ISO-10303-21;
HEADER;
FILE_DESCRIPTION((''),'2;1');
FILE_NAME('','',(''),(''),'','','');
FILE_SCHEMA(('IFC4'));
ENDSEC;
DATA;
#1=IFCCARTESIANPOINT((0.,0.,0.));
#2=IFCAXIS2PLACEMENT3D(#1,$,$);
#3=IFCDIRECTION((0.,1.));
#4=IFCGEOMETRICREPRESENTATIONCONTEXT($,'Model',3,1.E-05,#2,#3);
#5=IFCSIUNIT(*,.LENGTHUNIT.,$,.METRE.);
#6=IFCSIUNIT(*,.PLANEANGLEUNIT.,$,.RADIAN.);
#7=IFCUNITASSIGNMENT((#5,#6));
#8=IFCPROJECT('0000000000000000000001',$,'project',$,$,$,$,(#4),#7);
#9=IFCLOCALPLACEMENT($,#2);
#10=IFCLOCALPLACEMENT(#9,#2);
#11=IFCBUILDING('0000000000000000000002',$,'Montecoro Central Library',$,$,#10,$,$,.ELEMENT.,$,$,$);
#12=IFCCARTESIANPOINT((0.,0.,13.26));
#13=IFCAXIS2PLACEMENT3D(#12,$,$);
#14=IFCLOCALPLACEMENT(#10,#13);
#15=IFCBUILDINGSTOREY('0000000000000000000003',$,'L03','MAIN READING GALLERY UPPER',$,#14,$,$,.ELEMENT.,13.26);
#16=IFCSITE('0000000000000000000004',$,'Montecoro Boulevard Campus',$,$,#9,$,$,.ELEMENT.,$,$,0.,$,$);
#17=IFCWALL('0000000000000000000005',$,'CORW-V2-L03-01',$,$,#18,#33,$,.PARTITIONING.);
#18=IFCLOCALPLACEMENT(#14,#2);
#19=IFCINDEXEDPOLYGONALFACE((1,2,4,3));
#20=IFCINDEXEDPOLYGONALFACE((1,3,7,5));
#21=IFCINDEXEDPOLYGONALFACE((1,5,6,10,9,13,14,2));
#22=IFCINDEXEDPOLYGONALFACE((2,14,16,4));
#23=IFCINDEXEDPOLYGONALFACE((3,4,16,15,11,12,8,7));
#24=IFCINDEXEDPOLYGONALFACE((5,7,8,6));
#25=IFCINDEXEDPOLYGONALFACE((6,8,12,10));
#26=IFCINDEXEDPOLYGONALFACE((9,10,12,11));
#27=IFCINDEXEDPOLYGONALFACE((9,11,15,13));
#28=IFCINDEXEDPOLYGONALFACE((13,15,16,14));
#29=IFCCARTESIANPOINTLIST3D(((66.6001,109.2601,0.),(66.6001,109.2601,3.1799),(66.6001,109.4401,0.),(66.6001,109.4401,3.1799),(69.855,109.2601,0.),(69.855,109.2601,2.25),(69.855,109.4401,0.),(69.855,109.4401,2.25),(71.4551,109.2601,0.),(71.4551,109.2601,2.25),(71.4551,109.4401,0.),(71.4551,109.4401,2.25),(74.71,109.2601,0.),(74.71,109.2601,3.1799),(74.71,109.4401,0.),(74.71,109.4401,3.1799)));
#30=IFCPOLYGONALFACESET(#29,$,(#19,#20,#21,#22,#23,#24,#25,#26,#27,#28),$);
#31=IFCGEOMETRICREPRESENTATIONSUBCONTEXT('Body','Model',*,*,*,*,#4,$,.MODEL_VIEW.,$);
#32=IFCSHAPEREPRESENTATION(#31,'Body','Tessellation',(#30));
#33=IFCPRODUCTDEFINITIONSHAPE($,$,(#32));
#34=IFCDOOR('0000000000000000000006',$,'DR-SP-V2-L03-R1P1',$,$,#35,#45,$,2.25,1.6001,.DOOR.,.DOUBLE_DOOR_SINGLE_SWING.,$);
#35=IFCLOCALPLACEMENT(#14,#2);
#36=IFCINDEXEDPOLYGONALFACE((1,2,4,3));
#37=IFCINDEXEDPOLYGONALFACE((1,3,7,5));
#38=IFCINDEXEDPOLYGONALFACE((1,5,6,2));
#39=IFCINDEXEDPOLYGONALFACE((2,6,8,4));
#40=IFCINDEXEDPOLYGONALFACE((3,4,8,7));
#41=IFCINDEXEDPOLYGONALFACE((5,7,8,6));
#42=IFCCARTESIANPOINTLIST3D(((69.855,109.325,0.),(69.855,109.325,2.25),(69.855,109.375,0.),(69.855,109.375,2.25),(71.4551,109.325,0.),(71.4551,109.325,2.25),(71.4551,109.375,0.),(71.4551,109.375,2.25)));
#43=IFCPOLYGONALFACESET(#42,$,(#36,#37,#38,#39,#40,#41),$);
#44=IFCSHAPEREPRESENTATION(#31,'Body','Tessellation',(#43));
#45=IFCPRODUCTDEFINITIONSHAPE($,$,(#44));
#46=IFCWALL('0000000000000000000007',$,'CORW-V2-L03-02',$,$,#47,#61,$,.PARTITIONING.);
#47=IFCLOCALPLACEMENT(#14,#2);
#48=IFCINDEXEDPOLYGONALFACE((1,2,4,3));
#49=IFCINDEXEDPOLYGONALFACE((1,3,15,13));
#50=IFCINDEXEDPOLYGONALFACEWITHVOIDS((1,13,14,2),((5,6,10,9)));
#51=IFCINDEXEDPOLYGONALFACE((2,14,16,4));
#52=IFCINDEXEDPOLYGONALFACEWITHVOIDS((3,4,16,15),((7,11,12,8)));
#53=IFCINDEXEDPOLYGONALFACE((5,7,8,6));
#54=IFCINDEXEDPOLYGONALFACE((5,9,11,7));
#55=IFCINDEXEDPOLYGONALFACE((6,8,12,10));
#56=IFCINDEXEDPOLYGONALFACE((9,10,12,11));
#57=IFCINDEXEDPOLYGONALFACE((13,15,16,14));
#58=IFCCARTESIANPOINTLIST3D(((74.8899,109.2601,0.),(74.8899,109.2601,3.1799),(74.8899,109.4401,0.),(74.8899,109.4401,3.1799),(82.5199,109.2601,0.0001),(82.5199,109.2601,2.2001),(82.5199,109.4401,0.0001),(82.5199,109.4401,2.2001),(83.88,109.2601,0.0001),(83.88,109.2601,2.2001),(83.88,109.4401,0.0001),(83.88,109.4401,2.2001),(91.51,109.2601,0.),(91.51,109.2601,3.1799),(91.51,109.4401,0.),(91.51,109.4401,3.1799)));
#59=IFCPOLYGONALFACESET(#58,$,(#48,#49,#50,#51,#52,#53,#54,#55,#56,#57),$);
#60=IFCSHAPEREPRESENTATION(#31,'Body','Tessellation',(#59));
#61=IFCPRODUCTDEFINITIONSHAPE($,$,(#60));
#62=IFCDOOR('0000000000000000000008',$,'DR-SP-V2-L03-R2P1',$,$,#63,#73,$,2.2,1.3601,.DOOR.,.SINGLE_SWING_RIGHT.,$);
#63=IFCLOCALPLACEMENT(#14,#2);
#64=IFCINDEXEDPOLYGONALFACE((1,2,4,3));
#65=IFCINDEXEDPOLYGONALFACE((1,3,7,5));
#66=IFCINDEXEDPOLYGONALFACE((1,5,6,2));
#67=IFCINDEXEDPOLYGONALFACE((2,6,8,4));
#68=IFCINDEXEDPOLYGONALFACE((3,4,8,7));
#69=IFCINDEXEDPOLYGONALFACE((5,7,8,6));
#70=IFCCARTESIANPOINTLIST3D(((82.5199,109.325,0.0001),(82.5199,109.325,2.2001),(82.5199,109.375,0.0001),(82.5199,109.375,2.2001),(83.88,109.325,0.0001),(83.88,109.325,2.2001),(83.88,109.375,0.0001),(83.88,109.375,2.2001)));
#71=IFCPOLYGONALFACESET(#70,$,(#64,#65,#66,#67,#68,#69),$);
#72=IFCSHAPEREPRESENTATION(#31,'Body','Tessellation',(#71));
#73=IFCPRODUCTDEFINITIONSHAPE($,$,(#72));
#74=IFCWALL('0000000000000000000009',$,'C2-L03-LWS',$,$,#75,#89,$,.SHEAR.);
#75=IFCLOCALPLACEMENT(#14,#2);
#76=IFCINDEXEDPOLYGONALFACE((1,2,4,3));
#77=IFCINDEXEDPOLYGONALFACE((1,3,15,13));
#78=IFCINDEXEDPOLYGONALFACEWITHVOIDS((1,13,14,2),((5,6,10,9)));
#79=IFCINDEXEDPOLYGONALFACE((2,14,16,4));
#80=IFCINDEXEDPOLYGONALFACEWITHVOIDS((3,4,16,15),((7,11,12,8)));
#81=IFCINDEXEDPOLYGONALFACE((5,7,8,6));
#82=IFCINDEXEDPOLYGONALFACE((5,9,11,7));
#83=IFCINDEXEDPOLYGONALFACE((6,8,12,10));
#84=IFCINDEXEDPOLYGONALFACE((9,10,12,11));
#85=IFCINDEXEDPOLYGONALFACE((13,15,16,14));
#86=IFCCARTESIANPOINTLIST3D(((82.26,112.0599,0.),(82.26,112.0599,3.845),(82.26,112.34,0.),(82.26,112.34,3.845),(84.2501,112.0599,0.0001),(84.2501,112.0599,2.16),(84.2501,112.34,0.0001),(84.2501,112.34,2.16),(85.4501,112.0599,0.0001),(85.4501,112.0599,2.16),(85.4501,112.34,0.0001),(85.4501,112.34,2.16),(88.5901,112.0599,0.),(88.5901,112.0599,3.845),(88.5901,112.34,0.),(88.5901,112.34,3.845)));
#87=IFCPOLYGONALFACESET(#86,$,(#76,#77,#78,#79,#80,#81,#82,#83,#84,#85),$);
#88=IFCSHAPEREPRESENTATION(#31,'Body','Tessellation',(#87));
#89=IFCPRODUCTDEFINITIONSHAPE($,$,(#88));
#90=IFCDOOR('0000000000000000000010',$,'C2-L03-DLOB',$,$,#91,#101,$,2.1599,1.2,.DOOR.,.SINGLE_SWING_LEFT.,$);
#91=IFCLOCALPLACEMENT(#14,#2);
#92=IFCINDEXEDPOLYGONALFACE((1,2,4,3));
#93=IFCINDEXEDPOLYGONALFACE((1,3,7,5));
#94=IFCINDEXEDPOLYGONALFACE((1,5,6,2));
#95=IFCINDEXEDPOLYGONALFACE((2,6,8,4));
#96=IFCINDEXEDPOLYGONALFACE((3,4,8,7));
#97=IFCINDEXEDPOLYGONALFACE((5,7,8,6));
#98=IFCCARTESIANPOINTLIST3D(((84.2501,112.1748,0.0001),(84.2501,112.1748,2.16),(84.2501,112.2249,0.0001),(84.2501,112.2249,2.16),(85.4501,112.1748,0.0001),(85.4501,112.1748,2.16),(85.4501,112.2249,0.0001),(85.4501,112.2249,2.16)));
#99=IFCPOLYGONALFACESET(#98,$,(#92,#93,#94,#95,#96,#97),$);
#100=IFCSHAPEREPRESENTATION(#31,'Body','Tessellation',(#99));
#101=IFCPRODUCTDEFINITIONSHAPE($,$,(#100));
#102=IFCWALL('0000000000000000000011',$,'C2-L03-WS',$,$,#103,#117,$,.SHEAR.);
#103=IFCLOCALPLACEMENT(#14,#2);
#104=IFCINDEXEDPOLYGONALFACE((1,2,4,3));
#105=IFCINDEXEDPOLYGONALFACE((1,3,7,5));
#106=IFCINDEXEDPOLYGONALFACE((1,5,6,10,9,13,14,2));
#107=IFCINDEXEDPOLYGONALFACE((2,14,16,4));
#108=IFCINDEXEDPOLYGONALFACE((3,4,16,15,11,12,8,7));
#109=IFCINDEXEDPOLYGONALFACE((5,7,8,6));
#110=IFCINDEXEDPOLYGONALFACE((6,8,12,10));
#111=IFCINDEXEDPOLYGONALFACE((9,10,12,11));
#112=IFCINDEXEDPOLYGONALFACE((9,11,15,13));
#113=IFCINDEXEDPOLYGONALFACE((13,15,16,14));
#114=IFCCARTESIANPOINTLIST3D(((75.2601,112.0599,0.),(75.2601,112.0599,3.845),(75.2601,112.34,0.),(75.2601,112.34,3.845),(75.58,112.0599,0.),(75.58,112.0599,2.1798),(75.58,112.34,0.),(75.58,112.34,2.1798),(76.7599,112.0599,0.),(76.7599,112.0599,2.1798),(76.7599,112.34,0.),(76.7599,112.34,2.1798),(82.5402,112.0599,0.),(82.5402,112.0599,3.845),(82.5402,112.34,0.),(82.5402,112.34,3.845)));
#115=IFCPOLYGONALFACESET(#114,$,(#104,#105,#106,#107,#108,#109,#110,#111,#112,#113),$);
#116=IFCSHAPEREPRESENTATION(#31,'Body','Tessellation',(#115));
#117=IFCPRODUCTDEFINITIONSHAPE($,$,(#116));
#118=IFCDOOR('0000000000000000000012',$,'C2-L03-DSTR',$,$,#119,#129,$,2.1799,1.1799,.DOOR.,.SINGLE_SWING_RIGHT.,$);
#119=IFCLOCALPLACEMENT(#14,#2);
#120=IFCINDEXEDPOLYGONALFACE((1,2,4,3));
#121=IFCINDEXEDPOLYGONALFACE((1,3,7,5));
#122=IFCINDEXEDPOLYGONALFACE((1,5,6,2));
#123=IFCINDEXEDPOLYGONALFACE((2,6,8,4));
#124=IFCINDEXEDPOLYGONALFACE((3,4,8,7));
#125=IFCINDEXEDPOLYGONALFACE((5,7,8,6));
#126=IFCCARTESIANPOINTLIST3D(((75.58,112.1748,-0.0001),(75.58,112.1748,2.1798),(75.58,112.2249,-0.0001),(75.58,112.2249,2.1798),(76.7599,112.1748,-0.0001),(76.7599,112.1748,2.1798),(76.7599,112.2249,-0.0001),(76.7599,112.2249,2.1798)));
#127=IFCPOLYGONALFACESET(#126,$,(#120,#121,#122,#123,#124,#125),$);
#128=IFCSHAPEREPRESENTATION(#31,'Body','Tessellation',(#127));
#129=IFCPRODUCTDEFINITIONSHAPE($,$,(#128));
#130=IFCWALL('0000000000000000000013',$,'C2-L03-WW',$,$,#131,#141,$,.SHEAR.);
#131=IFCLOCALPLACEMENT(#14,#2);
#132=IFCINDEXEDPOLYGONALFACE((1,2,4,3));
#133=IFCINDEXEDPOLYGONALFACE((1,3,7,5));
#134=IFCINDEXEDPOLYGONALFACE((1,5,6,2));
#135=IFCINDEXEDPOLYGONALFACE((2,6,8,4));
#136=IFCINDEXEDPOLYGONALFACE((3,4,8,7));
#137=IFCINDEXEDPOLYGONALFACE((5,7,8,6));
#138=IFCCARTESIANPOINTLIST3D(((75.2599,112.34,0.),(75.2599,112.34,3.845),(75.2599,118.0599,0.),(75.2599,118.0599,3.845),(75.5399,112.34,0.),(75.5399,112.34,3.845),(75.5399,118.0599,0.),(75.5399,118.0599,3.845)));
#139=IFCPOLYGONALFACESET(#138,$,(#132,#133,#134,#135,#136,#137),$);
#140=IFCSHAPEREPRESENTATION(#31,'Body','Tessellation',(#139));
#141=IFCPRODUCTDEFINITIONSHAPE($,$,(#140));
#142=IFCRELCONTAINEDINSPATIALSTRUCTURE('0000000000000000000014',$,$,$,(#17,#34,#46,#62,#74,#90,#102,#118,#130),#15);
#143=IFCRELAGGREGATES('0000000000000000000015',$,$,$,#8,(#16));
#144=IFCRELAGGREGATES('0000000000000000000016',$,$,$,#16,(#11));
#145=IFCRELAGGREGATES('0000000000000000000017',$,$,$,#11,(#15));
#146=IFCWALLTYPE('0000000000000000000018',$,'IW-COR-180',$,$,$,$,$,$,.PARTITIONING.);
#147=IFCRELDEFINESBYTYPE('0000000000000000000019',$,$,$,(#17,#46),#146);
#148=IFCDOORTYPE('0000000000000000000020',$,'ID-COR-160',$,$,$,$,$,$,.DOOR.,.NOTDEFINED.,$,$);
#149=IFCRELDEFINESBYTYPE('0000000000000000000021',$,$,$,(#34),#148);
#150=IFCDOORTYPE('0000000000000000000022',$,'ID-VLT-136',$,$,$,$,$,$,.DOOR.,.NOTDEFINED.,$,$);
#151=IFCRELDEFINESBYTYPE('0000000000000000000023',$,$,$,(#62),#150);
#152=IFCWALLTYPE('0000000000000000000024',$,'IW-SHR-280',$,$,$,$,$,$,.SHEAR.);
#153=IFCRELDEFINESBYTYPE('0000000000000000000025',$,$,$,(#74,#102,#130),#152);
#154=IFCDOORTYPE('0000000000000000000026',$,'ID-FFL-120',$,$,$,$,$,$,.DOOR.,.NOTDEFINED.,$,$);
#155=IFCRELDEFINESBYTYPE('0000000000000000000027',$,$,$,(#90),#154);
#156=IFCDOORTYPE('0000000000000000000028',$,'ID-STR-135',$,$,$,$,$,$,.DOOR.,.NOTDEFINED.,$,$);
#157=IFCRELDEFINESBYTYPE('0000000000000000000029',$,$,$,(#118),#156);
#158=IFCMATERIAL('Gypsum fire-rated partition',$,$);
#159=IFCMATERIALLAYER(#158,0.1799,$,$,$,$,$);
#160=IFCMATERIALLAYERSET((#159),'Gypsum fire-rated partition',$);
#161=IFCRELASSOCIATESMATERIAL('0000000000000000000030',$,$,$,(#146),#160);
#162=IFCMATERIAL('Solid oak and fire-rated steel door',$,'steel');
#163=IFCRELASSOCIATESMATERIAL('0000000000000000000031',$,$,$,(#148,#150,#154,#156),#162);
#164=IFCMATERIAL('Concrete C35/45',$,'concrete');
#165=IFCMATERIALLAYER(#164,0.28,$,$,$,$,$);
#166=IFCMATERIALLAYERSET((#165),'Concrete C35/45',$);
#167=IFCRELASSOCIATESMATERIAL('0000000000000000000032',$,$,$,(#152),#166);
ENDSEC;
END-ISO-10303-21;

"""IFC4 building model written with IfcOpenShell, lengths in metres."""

from ifc_helpers import new_model, si_unit, direction, frame, frame_2d, origin, place, context, subcontext, project, spatial, rectangle, extrude, material, layer, layer_set, type_object, element, fill, save


model = new_model("IFC4")

# Units and contexts
model_context = context("Model", 3, precision=1e-05, world=origin(), true_north=direction((0.0, 1.0)))
body_context = subcontext(model_context, "Body", "Model", "MODEL_VIEW")
ifc_project = project(units=[si_unit("LENGTHUNIT", "METRE"), si_unit("PLANEANGLEUNIT", "RADIAN")], contexts=[model_context])

# Site, building, storey
site_placement = place(None, origin())
site = spatial("IfcSite", under=ifc_project, at=site_placement, Name="Montecoro Boulevard Campus", CompositionType="ELEMENT", RefElevation=0.0)
building_placement = place(site_placement, origin())
building = spatial("IfcBuilding", under=site, at=building_placement, Name="Montecoro Central Library", CompositionType="ELEMENT")
storey_placement = place(building_placement, frame((0.0, 0.0, 13.26)))
storey = spatial("IfcBuildingStorey", under=building, at=storey_placement, Name="L03", Description="MAIN READING GALLERY UPPER", CompositionType="ELEMENT", Elevation=13.26)

# Walls, openings, doors
ifc_material_1 = material(Name="Gypsum fire-rated partition")
ifc_layer_1 = layer(ifc_material_1, 0.1799)
ifc_layer_set_1 = layer_set([ifc_layer_1], Name="Gypsum fire-rated partition")
wall_type_1 = type_object("IfcWallType", Name="IW-COR-180", PredefinedType="PARTITIONING", material=ifc_layer_set_1)
wall_1_placement = place(storey_placement, frame((66.6001, 109.3501, 0.0), z_axis=(0.0, 0.0, 1.0), x_axis=(1.0, 0.0, 0.0)))
wall_1 = element("IfcWall", 1, at=wall_1_placement, inside=storey, type_object=wall_type_1, Name="CORW-V2-L03-01", PredefinedType="PARTITIONING", context=body_context, shape_type="SweptSolid", body=[
    extrude(rectangle(XDim=8.1099, YDim=0.1799, at=frame_2d((4.0549, 0.0))), origin(), (0.0, 0.0, 1.0), 3.1799),
])
opening_1_placement = place(wall_1_placement, frame((3.2549, 0.0, 0.0)))
opening_1 = element("IfcOpeningElement", 2, at=opening_1_placement, cuts=wall_1, PredefinedType="OPENING", context=body_context, shape_type="SweptSolid", body=[
    extrude(rectangle(XDim=1.6001, YDim=2.25, at=frame_2d((0.8, 1.125))), frame((0.0, 0.0999, 0.0), z_axis=(0.0, -1.0, 0.0), x_axis=(1.0, 0.0, 0.0)), (0.0, 0.0, 1.0), 0.2),
])
ifc_material_2 = material(Name="Solid oak and fire-rated steel door", Category="steel")
door_type_1 = type_object("IfcDoorType", Name="ID-COR-160", OperationType="NOTDEFINED", PredefinedType="DOOR", material=ifc_material_2)
door_1_placement = place(opening_1_placement, origin())
door_1 = element("IfcDoor", 3, at=door_1_placement, inside=storey, type_object=door_type_1, Name="DR-SP-V2-L03-R1P1", OperationType="DOUBLE_DOOR_SINGLE_SWING", OverallHeight=2.25, OverallWidth=1.6001, PredefinedType="DOOR", context=body_context, shape_type="SweptSolid", body=[
    extrude(rectangle(XDim=1.6001, YDim=2.25, at=frame_2d((0.8, 1.125))), frame((0.0, 0.0249, 0.0), z_axis=(0.0, -1.0, 0.0), x_axis=(1.0, 0.0, 0.0)), (0.0, 0.0, 1.0), 0.05),
])
fill(opening_1, door_1)
wall_2_placement = place(storey_placement, frame((74.8899, 109.3501, 0.0), z_axis=(0.0, 0.0, 1.0), x_axis=(1.0, 0.0, 0.0)))
wall_2 = element("IfcWall", 4, at=wall_2_placement, inside=storey, type_object=wall_type_1, Name="CORW-V2-L03-02", PredefinedType="PARTITIONING", context=body_context, shape_type="SweptSolid", body=[
    extrude(rectangle(XDim=16.6201, YDim=0.1799, at=frame_2d((8.3101, 0.0))), origin(), (0.0, 0.0, 1.0), 3.1799),
])
opening_2_placement = place(wall_2_placement, frame((7.6299, 0.0, 0.0)))
opening_2 = element("IfcOpeningElement", 5, at=opening_2_placement, cuts=wall_2, PredefinedType="OPENING", context=body_context, shape_type="SweptSolid", body=[
    extrude(rectangle(XDim=1.3601, YDim=2.2, at=frame_2d((0.6802, 1.1001))), frame((0.0, 0.0999, 0.0), z_axis=(0.0, -1.0, 0.0), x_axis=(1.0, 0.0, 0.0)), (0.0, 0.0, 1.0), 0.2),
])
door_type_2 = type_object("IfcDoorType", Name="ID-VLT-136", OperationType="NOTDEFINED", PredefinedType="DOOR", material=ifc_material_2)
door_2_placement = place(opening_2_placement, origin())
door_2 = element("IfcDoor", 6, at=door_2_placement, inside=storey, type_object=door_type_2, Name="DR-SP-V2-L03-R2P1", OperationType="SINGLE_SWING_RIGHT", OverallHeight=2.2, OverallWidth=1.3601, PredefinedType="DOOR", context=body_context, shape_type="SweptSolid", body=[
    extrude(rectangle(XDim=1.3601, YDim=2.2, at=frame_2d((0.6802, 1.1001))), frame((0.0, 0.0249, 0.0), z_axis=(0.0, -1.0, 0.0), x_axis=(1.0, 0.0, 0.0)), (0.0, 0.0, 1.0), 0.05),
])
fill(opening_2, door_2)
ifc_material_3 = material(Name="Concrete C35/45", Category="concrete")
ifc_layer_2 = layer(ifc_material_3, 0.28)
ifc_layer_set_2 = layer_set([ifc_layer_2], Name="Concrete C35/45")
wall_type_2 = type_object("IfcWallType", Name="IW-SHR-280", PredefinedType="SHEAR", material=ifc_layer_set_2)
wall_3_placement = place(storey_placement, frame((82.26, 112.2, 0.0), z_axis=(0.0, 0.0, 1.0), x_axis=(1.0, 0.0, 0.0)))
wall_3 = element("IfcWall", 7, at=wall_3_placement, inside=storey, type_object=wall_type_2, Name="C2-L03-LWS", PredefinedType="SHEAR", context=body_context, shape_type="SweptSolid", body=[
    extrude(rectangle(XDim=6.3301, YDim=0.28, at=frame_2d((3.165, 0.0))), origin(), (0.0, 0.0, 1.0), 3.845),
])
opening_3_placement = place(wall_3_placement, frame((1.99, 0.0, 0.0)))
opening_3 = element("IfcOpeningElement", 8, at=opening_3_placement, cuts=wall_3, PredefinedType="OPENING", context=body_context, shape_type="SweptSolid", body=[
    extrude(rectangle(XDim=1.2, YDim=2.1599, at=frame_2d((0.6001, 1.0801))), frame((0.0, 0.1499, 0.0), z_axis=(0.0, -1.0, 0.0), x_axis=(1.0, 0.0, 0.0)), (0.0, 0.0, 1.0), 0.3),
])
door_type_3 = type_object("IfcDoorType", Name="ID-FFL-120", OperationType="NOTDEFINED", PredefinedType="DOOR", material=ifc_material_2)
door_3_placement = place(opening_3_placement, origin())
door_3 = element("IfcDoor", 9, at=door_3_placement, inside=storey, type_object=door_type_3, Name="C2-L03-DLOB", OperationType="SINGLE_SWING_LEFT", OverallHeight=2.1599, OverallWidth=1.2, PredefinedType="DOOR", context=body_context, shape_type="SweptSolid", body=[
    extrude(rectangle(XDim=1.2, YDim=2.1599, at=frame_2d((0.6001, 1.0801))), frame((0.0, 0.0249, 0.0), z_axis=(0.0, -1.0, 0.0), x_axis=(1.0, 0.0, 0.0)), (0.0, 0.0, 1.0), 0.05),
])
fill(opening_3, door_3)
wall_4_placement = place(storey_placement, frame((75.26, 112.2, 0.0), z_axis=(0.0, 0.0, 1.0), x_axis=(1.0, 0.0, 0.0)))
wall_4 = element("IfcWall", 10, at=wall_4_placement, inside=storey, type_object=wall_type_2, Name="C2-L03-WS", PredefinedType="SHEAR", context=body_context, shape_type="SweptSolid", body=[
    extrude(rectangle(XDim=7.28, YDim=0.28, at=frame_2d((3.6401, 0.0))), origin(), (0.0, 0.0, 1.0), 3.845),
])
opening_4_placement = place(wall_4_placement, frame((0.3201, 0.0, 0.0)))
opening_4 = element("IfcOpeningElement", 11, at=opening_4_placement, cuts=wall_4, PredefinedType="OPENING", context=body_context, shape_type="SweptSolid", body=[
    extrude(rectangle(XDim=1.1799, YDim=2.1799, at=frame_2d((0.5898, 1.0898))), frame((0.0, 0.1499, 0.0), z_axis=(0.0, -1.0, 0.0), x_axis=(1.0, 0.0, 0.0)), (0.0, 0.0, 1.0), 0.3),
])
door_type_4 = type_object("IfcDoorType", Name="ID-STR-135", OperationType="NOTDEFINED", PredefinedType="DOOR", material=ifc_material_2)
door_4_placement = place(opening_4_placement, origin())
door_4 = element("IfcDoor", 12, at=door_4_placement, inside=storey, type_object=door_type_4, Name="C2-L03-DSTR", OperationType="SINGLE_SWING_RIGHT", OverallHeight=2.1799, OverallWidth=1.1799, PredefinedType="DOOR", context=body_context, shape_type="SweptSolid", body=[
    extrude(rectangle(XDim=1.1799, YDim=2.1799, at=frame_2d((0.5898, 1.0898))), frame((0.0, 0.0249, 0.0), z_axis=(0.0, -1.0, 0.0), x_axis=(1.0, 0.0, 0.0)), (0.0, 0.0, 1.0), 0.05),
])
fill(opening_4, door_4)

# Wall
wall_5_placement = place(storey_placement, frame((75.3999, 112.3401, 0.0), z_axis=(0.0, 0.0, 1.0), x_axis=(0.0, 1.0, 0.0)))
element("IfcWall", 13, at=wall_5_placement, inside=storey, type_object=wall_type_2, Name="C2-L03-WW", PredefinedType="SHEAR", context=body_context, shape_type="SweptSolid", body=[
    extrude(rectangle(XDim=5.72, YDim=0.28, at=frame_2d((2.8599, 0.0))), origin(), (0.0, 0.0, 1.0), 3.845),
])

save(model, "model.ifc")
